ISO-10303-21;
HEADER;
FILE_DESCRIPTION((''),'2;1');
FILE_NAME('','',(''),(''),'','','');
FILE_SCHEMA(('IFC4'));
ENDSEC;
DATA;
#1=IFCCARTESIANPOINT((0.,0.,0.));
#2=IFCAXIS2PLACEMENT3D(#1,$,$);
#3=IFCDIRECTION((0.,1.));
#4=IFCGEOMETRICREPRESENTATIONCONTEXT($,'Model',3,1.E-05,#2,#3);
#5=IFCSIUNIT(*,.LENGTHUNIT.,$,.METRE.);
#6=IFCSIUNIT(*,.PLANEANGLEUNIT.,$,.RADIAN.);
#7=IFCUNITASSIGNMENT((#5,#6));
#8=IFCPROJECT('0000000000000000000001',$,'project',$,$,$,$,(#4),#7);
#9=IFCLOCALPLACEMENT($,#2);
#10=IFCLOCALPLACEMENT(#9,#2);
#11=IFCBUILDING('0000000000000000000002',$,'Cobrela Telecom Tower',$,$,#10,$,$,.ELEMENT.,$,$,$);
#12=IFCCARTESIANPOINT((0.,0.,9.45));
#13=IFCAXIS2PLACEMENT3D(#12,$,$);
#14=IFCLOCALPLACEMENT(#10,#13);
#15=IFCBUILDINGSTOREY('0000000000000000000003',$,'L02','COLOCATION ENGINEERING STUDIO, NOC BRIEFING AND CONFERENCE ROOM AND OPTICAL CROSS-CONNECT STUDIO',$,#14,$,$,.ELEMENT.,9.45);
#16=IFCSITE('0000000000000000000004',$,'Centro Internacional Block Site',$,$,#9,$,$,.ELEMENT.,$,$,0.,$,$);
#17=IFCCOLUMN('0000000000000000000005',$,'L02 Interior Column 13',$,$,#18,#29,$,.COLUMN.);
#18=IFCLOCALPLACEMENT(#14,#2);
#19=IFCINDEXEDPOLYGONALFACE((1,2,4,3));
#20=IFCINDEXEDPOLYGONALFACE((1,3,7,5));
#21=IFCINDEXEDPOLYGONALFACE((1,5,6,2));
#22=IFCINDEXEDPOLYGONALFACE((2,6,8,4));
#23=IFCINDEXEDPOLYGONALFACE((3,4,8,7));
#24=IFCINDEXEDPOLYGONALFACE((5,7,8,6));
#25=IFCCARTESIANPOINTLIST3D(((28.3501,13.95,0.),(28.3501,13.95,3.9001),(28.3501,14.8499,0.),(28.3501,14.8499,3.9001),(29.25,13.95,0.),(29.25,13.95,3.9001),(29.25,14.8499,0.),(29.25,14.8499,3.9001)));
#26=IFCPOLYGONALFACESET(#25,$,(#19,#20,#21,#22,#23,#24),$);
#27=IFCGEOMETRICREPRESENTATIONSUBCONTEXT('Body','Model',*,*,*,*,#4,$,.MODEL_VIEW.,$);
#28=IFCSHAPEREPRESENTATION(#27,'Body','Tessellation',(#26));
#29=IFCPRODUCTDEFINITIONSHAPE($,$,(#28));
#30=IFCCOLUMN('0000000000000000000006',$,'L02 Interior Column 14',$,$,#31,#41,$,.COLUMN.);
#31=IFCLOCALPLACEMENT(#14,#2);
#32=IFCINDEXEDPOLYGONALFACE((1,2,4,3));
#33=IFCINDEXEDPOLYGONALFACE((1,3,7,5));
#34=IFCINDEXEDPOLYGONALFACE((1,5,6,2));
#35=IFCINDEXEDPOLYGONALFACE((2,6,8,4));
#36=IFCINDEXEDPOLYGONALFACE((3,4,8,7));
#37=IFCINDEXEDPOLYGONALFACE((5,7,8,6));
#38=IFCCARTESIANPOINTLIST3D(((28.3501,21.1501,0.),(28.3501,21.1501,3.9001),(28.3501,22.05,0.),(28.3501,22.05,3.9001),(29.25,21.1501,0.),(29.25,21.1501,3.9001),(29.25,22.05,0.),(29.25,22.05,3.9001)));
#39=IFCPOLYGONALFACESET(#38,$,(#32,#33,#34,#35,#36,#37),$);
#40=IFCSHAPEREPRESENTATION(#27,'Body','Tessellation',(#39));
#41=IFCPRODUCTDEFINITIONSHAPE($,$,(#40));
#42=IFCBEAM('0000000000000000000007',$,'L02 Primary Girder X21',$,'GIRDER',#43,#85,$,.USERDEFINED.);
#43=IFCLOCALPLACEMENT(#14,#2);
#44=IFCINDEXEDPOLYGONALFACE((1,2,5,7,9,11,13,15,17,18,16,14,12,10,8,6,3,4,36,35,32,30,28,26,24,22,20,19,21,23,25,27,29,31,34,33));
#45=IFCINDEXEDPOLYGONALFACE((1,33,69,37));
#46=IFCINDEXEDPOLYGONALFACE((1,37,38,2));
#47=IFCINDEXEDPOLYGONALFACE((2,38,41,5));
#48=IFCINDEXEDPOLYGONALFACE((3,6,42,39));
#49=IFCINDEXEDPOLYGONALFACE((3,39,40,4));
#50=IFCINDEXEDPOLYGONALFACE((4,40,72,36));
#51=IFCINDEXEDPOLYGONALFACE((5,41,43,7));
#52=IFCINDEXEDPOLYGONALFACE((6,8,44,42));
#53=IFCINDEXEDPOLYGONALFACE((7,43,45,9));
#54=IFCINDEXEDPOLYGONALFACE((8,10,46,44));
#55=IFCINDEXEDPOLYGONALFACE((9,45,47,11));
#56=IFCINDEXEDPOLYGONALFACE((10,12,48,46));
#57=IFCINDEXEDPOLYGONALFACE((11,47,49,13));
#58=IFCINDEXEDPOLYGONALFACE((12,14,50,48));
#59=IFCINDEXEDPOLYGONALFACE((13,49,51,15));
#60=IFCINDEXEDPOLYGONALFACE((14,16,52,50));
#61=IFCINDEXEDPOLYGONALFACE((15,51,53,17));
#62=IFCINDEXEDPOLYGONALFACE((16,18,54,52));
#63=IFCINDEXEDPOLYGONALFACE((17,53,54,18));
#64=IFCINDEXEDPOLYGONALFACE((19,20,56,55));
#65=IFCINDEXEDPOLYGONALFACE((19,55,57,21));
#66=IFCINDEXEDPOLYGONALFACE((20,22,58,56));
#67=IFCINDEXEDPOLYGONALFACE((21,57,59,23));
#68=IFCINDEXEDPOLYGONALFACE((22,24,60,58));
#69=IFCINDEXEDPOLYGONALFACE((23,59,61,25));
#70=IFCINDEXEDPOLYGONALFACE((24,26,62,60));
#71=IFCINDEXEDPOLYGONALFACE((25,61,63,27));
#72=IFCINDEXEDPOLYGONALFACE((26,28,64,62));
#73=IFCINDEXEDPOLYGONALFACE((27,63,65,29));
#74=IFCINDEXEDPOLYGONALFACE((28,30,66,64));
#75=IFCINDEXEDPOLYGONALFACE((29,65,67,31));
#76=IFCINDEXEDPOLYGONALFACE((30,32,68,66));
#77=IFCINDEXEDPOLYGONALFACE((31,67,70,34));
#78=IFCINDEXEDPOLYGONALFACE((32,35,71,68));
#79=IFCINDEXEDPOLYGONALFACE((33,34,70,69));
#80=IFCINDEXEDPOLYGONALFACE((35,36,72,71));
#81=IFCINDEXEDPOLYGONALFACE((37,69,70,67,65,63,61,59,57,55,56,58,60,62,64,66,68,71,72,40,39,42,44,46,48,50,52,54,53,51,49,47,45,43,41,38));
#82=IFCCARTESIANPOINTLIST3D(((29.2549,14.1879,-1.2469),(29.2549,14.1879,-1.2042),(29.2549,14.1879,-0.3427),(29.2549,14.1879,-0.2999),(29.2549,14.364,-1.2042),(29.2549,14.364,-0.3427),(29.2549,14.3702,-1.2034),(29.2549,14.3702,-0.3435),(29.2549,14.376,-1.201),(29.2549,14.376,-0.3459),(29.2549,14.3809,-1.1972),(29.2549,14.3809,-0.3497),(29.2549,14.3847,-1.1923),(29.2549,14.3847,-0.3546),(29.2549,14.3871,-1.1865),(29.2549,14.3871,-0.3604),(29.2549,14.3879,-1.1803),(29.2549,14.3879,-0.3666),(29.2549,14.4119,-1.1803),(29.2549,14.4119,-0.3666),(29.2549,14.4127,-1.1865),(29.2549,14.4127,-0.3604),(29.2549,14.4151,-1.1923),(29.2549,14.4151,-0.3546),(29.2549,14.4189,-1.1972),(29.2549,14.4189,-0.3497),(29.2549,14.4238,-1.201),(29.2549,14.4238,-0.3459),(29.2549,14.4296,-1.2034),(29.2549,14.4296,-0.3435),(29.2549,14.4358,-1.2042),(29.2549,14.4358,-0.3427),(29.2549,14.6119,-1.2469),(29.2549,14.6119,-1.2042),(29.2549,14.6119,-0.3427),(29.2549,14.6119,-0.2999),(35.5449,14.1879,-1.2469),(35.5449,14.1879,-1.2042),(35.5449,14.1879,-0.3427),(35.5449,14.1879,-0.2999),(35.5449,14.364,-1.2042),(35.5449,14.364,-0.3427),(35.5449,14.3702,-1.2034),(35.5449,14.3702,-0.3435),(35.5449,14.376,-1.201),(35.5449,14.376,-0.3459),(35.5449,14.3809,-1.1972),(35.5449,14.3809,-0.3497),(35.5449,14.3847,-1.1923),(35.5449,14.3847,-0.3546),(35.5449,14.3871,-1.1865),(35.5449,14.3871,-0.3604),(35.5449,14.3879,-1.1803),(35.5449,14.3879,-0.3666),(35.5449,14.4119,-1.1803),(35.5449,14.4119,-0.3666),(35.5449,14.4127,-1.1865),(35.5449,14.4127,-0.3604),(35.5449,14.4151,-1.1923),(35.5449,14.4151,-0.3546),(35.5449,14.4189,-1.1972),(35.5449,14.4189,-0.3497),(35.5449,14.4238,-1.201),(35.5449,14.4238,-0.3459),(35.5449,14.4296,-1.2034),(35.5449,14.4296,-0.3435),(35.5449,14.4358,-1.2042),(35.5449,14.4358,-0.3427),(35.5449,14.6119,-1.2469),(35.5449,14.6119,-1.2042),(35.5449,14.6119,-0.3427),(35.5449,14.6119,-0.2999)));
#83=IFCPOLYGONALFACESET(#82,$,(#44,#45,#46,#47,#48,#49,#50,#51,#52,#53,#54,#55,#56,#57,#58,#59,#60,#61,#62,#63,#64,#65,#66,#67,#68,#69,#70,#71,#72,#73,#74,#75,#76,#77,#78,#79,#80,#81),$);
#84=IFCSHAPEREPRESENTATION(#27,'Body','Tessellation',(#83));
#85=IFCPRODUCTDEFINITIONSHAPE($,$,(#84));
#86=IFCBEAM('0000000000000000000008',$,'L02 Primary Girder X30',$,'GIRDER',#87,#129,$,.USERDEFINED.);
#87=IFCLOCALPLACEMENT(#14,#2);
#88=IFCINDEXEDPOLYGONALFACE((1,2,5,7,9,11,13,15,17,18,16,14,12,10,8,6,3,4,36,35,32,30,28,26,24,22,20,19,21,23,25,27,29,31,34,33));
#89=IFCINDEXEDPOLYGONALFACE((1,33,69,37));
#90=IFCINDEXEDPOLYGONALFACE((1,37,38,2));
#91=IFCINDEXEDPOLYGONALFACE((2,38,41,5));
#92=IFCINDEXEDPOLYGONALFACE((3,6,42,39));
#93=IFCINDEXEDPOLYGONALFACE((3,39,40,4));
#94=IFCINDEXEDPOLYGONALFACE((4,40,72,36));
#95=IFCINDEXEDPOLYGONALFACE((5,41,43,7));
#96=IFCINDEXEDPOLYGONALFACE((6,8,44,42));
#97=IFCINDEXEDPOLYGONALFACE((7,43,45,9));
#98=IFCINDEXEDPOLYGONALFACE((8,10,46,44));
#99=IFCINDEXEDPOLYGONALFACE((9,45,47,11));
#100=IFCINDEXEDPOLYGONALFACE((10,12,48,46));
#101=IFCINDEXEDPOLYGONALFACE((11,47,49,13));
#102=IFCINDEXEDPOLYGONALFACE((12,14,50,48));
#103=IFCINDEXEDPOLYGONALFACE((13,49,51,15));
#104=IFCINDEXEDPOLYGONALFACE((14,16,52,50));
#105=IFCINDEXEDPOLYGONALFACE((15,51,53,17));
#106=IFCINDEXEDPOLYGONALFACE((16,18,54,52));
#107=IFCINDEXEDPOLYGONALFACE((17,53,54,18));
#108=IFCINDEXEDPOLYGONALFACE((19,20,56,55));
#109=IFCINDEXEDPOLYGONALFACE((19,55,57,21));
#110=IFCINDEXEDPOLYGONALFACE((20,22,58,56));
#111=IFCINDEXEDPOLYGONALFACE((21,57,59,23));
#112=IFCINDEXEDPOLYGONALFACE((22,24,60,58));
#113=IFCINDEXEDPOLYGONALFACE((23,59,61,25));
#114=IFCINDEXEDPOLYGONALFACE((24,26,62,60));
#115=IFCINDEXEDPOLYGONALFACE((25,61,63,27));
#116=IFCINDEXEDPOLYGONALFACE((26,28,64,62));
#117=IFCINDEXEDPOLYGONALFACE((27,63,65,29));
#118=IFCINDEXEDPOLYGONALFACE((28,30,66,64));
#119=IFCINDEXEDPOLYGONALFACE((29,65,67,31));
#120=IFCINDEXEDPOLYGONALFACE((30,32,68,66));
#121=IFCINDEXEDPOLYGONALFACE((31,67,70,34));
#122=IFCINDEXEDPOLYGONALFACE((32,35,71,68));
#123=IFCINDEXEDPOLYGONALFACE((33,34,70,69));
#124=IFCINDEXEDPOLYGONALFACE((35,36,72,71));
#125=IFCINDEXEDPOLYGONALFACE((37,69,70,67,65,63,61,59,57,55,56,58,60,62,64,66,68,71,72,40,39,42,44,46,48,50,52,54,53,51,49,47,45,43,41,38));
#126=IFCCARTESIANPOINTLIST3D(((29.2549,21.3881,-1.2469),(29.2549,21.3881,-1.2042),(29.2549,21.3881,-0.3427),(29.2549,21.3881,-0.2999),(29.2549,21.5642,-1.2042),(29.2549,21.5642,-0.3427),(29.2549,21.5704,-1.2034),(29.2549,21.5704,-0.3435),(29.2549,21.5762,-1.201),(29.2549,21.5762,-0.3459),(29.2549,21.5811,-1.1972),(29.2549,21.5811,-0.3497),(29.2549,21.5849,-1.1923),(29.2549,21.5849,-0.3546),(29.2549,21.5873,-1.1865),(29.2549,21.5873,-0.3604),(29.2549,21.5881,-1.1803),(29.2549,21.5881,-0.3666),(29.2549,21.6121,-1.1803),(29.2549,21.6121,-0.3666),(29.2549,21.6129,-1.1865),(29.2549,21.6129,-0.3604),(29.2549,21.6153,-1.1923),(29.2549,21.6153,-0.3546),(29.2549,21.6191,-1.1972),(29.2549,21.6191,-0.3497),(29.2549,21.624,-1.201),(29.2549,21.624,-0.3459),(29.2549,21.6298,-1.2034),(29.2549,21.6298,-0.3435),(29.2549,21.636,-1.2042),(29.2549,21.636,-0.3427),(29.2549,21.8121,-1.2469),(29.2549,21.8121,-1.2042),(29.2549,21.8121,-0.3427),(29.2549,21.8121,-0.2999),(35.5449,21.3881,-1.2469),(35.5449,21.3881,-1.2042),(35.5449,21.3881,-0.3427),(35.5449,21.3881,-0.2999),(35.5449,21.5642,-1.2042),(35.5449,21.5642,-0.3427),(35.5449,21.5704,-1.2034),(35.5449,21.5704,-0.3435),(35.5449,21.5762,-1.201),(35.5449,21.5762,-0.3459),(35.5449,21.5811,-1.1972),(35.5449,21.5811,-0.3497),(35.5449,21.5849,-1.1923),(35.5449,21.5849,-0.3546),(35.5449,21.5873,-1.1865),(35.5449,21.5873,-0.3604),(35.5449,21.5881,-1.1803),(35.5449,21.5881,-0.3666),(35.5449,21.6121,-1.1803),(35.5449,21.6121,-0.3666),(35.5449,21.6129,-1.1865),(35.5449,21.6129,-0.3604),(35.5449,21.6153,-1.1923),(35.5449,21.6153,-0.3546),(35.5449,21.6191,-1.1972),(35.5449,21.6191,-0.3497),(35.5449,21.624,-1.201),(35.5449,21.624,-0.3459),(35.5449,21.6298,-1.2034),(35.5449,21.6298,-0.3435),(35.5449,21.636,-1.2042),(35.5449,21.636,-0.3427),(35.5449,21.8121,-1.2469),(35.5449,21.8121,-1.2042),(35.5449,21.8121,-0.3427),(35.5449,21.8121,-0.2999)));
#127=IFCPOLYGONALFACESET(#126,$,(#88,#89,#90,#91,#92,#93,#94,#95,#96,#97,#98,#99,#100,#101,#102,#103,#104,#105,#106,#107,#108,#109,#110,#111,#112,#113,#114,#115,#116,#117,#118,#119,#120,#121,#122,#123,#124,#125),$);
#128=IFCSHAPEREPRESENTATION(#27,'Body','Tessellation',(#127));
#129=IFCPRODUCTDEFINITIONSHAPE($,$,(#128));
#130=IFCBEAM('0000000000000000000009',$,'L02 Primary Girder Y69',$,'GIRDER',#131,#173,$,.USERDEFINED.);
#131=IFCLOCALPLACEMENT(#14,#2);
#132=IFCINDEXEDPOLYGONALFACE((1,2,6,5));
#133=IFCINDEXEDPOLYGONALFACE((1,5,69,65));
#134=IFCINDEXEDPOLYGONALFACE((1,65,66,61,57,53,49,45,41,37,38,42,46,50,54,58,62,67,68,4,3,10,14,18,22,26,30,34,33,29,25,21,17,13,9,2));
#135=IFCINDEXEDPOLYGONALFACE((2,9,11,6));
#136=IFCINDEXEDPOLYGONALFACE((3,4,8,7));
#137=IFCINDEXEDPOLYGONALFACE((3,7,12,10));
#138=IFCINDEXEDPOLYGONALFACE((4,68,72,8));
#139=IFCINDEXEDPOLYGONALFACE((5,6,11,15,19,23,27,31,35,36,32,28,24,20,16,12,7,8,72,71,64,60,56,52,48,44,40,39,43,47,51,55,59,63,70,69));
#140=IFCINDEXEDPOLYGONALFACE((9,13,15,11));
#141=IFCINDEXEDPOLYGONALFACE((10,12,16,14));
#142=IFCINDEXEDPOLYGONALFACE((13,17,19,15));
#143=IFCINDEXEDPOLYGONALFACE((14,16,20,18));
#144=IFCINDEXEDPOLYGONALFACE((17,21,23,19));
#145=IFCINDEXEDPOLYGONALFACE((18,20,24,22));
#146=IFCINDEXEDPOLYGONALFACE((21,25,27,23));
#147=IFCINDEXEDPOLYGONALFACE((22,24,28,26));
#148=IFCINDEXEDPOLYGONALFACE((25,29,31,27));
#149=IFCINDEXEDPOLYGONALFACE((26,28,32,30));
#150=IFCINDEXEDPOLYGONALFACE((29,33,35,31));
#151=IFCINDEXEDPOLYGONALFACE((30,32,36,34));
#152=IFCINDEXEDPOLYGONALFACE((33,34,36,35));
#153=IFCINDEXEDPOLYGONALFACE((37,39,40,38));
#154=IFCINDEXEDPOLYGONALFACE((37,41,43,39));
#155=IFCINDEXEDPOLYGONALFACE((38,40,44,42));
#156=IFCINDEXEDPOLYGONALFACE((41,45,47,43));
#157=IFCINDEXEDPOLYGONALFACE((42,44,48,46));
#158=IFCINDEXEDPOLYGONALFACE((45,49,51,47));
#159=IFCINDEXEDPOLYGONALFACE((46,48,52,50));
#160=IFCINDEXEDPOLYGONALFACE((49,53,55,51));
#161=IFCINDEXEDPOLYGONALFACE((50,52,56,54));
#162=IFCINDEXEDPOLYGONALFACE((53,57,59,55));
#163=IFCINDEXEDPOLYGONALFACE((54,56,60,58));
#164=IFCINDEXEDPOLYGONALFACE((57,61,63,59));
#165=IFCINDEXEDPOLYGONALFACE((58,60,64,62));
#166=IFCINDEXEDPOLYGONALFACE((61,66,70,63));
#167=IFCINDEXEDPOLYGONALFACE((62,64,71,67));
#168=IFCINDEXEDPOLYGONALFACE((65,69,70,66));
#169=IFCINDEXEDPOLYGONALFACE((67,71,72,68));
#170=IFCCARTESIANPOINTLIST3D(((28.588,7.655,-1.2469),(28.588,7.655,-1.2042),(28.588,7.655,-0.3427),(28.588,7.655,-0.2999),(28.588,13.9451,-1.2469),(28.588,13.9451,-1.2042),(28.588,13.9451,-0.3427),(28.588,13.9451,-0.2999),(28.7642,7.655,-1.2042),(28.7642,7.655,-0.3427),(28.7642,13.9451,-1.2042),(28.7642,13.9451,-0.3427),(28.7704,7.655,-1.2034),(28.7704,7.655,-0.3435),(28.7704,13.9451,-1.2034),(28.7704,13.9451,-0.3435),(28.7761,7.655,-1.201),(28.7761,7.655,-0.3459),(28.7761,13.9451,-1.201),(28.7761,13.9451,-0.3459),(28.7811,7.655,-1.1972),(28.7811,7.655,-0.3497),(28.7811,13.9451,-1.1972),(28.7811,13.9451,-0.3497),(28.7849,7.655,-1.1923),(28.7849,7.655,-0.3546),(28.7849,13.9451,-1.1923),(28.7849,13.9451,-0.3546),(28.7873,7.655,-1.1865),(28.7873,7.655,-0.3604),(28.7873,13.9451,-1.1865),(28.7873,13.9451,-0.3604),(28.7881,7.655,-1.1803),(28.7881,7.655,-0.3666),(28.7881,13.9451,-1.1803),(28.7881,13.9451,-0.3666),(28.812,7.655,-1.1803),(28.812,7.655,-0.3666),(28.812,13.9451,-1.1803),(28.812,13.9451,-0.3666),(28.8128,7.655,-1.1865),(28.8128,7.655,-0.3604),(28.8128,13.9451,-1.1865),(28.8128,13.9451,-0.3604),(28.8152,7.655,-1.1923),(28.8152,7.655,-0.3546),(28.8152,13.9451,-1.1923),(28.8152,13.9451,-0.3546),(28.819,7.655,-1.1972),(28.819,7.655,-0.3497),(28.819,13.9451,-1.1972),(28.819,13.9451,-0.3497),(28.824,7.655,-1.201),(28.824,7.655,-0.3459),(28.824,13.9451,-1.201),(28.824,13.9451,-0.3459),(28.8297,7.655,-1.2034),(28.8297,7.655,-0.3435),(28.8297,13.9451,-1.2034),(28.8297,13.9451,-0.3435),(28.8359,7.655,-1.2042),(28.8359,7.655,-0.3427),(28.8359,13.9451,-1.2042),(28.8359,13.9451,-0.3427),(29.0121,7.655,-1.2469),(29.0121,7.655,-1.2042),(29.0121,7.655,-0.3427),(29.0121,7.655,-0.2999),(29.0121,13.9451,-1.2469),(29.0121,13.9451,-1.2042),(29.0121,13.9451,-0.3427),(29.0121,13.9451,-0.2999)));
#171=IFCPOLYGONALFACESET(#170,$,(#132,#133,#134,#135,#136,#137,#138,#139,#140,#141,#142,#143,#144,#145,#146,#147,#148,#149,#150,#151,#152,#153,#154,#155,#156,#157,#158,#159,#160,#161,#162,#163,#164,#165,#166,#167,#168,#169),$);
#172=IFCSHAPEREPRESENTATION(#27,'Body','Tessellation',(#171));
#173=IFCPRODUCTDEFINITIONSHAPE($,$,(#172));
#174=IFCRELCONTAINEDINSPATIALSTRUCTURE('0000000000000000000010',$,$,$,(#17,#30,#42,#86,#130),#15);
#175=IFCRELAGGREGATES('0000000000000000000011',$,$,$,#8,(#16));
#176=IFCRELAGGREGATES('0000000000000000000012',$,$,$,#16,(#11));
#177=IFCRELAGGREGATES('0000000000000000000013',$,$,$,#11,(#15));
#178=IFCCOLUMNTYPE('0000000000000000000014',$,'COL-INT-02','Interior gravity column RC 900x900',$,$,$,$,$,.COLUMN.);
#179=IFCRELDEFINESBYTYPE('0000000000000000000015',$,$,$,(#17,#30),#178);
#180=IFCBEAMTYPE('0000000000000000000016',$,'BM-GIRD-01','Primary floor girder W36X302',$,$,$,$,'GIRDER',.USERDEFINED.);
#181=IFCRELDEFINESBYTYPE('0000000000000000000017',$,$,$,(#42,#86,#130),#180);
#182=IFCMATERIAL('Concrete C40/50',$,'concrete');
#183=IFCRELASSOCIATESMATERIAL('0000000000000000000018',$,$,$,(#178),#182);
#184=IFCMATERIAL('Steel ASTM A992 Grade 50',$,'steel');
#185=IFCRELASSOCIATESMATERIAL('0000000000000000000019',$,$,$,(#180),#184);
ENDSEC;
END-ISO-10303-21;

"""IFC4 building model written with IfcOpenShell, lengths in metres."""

from ifc_helpers import new_model, si_unit, direction, frame, origin, origin_2d, place, context, subcontext, project, spatial, rectangle, i_section, extrude, material, material_profile, profile_set, type_object, element, save


model = new_model("IFC4")

# Units and contexts
model_context = context("Model", 3, precision=1e-05, world=origin(), true_north=direction((0.0, 1.0)))
body_context = subcontext(model_context, "Body", "Model", "MODEL_VIEW")
ifc_project = project(units=[si_unit("LENGTHUNIT", "METRE"), si_unit("PLANEANGLEUNIT", "RADIAN")], contexts=[model_context])

# Site, building, storey
site_placement = place(None, origin())
site = spatial("IfcSite", under=ifc_project, at=site_placement, Name="Centro Internacional Block Site", CompositionType="ELEMENT", RefElevation=0.0)
building_placement = place(site_placement, origin())
building = spatial("IfcBuilding", under=site, at=building_placement, Name="Cobrela Telecom Tower", CompositionType="ELEMENT")
storey_placement = place(building_placement, frame((0.0, 0.0, 9.45)))
storey = spatial("IfcBuildingStorey", under=building, at=storey_placement, Name="L02", Description="COLOCATION ENGINEERING STUDIO, NOC BRIEFING AND CONFERENCE ROOM AND OPTICAL CROSS-CONNECT STUDIO", CompositionType="ELEMENT", Elevation=9.45)

# Columns
ifc_material_1 = material(Name="Concrete C40/50", Category="concrete")
ifc_material_profile_1 = material_profile(ifc_material_1, rectangle(XDim=0.8999, YDim=0.8999, at=origin_2d()), Name="RC 900x900")
ifc_profile_set_1 = profile_set([ifc_material_profile_1], Name="Concrete C40/50")
column_type = type_object("IfcColumnType", Name="COL-INT-02", Description="Interior gravity column RC 900x900", PredefinedType="COLUMN", material=ifc_profile_set_1)
for number, where, z_axis, x_axis, name in (
    (1, (28.8, 14.3999, 0.0), (0.0, 0.0, 1.0), (1.0, 0.0, 0.0), "L02 Interior Column 13"),
    (2, (28.8, 21.6001, 0.0), (0.0, 0.0, 1.0), (1.0, 0.0, 0.0), "L02 Interior Column 14"),
):
    element("IfcColumn", number, at=place(storey_placement, frame(where, z_axis=z_axis, x_axis=x_axis)), inside=storey, type_object=column_type, Name=name, PredefinedType="COLUMN", context=body_context, shape_type="SweptSolid", body=[
        extrude(rectangle(XDim=0.8999, YDim=0.8999, at=origin_2d()), origin(), (0.0, 0.0, 1.0), 3.9001),
    ])

# Beams
ifc_material_2 = material(Name="Steel ASTM A992 Grade 50", Category="steel")
ifc_material_profile_2 = material_profile(ifc_material_2, i_section(OverallWidth=0.4241, OverallDepth=0.947, WebThickness=0.0239, FlangeThickness=0.0427, FilletRadius=0.0239, at=origin_2d()), Name="W36X302")
ifc_profile_set_2 = profile_set([ifc_material_profile_2], Name="Steel ASTM A992 Grade 50")
beam_type_1 = type_object("IfcBeamType", Name="BM-GIRD-01", Description="Primary floor girder W36X302", ElementType="GIRDER", PredefinedType="USERDEFINED", material=ifc_profile_set_2)
for number, where, z_axis, x_axis, name in (
    (3, (29.2549, 14.3999, -0.7734), (1.0, 0.0, 0.0), (0.0, 1.0, 0.0), "L02 Primary Girder X21"),
    (4, (29.2549, 21.6001, -0.7734), (1.0, 0.0, 0.0), (0.0, 1.0, 0.0), "L02 Primary Girder X30"),
    (5, (28.8, 7.655, -0.7734), (0.0, 1.0, 0.0), (-1.0, 0.0, 0.0), "L02 Primary Girder Y69"),
):
    element("IfcBeam", number, at=place(storey_placement, frame(where, z_axis=z_axis, x_axis=x_axis)), inside=storey, type_object=beam_type_1, Name=name, ObjectType="GIRDER", PredefinedType="USERDEFINED", context=body_context, shape_type="SweptSolid", body=[
        extrude(i_section(OverallWidth=0.4241, OverallDepth=0.947, WebThickness=0.0239, FlangeThickness=0.0427, FilletRadius=0.0239, at=origin_2d()), origin(), (0.0, 0.0, 1.0), 6.29),
    ])

save(model, "model.ifc")
